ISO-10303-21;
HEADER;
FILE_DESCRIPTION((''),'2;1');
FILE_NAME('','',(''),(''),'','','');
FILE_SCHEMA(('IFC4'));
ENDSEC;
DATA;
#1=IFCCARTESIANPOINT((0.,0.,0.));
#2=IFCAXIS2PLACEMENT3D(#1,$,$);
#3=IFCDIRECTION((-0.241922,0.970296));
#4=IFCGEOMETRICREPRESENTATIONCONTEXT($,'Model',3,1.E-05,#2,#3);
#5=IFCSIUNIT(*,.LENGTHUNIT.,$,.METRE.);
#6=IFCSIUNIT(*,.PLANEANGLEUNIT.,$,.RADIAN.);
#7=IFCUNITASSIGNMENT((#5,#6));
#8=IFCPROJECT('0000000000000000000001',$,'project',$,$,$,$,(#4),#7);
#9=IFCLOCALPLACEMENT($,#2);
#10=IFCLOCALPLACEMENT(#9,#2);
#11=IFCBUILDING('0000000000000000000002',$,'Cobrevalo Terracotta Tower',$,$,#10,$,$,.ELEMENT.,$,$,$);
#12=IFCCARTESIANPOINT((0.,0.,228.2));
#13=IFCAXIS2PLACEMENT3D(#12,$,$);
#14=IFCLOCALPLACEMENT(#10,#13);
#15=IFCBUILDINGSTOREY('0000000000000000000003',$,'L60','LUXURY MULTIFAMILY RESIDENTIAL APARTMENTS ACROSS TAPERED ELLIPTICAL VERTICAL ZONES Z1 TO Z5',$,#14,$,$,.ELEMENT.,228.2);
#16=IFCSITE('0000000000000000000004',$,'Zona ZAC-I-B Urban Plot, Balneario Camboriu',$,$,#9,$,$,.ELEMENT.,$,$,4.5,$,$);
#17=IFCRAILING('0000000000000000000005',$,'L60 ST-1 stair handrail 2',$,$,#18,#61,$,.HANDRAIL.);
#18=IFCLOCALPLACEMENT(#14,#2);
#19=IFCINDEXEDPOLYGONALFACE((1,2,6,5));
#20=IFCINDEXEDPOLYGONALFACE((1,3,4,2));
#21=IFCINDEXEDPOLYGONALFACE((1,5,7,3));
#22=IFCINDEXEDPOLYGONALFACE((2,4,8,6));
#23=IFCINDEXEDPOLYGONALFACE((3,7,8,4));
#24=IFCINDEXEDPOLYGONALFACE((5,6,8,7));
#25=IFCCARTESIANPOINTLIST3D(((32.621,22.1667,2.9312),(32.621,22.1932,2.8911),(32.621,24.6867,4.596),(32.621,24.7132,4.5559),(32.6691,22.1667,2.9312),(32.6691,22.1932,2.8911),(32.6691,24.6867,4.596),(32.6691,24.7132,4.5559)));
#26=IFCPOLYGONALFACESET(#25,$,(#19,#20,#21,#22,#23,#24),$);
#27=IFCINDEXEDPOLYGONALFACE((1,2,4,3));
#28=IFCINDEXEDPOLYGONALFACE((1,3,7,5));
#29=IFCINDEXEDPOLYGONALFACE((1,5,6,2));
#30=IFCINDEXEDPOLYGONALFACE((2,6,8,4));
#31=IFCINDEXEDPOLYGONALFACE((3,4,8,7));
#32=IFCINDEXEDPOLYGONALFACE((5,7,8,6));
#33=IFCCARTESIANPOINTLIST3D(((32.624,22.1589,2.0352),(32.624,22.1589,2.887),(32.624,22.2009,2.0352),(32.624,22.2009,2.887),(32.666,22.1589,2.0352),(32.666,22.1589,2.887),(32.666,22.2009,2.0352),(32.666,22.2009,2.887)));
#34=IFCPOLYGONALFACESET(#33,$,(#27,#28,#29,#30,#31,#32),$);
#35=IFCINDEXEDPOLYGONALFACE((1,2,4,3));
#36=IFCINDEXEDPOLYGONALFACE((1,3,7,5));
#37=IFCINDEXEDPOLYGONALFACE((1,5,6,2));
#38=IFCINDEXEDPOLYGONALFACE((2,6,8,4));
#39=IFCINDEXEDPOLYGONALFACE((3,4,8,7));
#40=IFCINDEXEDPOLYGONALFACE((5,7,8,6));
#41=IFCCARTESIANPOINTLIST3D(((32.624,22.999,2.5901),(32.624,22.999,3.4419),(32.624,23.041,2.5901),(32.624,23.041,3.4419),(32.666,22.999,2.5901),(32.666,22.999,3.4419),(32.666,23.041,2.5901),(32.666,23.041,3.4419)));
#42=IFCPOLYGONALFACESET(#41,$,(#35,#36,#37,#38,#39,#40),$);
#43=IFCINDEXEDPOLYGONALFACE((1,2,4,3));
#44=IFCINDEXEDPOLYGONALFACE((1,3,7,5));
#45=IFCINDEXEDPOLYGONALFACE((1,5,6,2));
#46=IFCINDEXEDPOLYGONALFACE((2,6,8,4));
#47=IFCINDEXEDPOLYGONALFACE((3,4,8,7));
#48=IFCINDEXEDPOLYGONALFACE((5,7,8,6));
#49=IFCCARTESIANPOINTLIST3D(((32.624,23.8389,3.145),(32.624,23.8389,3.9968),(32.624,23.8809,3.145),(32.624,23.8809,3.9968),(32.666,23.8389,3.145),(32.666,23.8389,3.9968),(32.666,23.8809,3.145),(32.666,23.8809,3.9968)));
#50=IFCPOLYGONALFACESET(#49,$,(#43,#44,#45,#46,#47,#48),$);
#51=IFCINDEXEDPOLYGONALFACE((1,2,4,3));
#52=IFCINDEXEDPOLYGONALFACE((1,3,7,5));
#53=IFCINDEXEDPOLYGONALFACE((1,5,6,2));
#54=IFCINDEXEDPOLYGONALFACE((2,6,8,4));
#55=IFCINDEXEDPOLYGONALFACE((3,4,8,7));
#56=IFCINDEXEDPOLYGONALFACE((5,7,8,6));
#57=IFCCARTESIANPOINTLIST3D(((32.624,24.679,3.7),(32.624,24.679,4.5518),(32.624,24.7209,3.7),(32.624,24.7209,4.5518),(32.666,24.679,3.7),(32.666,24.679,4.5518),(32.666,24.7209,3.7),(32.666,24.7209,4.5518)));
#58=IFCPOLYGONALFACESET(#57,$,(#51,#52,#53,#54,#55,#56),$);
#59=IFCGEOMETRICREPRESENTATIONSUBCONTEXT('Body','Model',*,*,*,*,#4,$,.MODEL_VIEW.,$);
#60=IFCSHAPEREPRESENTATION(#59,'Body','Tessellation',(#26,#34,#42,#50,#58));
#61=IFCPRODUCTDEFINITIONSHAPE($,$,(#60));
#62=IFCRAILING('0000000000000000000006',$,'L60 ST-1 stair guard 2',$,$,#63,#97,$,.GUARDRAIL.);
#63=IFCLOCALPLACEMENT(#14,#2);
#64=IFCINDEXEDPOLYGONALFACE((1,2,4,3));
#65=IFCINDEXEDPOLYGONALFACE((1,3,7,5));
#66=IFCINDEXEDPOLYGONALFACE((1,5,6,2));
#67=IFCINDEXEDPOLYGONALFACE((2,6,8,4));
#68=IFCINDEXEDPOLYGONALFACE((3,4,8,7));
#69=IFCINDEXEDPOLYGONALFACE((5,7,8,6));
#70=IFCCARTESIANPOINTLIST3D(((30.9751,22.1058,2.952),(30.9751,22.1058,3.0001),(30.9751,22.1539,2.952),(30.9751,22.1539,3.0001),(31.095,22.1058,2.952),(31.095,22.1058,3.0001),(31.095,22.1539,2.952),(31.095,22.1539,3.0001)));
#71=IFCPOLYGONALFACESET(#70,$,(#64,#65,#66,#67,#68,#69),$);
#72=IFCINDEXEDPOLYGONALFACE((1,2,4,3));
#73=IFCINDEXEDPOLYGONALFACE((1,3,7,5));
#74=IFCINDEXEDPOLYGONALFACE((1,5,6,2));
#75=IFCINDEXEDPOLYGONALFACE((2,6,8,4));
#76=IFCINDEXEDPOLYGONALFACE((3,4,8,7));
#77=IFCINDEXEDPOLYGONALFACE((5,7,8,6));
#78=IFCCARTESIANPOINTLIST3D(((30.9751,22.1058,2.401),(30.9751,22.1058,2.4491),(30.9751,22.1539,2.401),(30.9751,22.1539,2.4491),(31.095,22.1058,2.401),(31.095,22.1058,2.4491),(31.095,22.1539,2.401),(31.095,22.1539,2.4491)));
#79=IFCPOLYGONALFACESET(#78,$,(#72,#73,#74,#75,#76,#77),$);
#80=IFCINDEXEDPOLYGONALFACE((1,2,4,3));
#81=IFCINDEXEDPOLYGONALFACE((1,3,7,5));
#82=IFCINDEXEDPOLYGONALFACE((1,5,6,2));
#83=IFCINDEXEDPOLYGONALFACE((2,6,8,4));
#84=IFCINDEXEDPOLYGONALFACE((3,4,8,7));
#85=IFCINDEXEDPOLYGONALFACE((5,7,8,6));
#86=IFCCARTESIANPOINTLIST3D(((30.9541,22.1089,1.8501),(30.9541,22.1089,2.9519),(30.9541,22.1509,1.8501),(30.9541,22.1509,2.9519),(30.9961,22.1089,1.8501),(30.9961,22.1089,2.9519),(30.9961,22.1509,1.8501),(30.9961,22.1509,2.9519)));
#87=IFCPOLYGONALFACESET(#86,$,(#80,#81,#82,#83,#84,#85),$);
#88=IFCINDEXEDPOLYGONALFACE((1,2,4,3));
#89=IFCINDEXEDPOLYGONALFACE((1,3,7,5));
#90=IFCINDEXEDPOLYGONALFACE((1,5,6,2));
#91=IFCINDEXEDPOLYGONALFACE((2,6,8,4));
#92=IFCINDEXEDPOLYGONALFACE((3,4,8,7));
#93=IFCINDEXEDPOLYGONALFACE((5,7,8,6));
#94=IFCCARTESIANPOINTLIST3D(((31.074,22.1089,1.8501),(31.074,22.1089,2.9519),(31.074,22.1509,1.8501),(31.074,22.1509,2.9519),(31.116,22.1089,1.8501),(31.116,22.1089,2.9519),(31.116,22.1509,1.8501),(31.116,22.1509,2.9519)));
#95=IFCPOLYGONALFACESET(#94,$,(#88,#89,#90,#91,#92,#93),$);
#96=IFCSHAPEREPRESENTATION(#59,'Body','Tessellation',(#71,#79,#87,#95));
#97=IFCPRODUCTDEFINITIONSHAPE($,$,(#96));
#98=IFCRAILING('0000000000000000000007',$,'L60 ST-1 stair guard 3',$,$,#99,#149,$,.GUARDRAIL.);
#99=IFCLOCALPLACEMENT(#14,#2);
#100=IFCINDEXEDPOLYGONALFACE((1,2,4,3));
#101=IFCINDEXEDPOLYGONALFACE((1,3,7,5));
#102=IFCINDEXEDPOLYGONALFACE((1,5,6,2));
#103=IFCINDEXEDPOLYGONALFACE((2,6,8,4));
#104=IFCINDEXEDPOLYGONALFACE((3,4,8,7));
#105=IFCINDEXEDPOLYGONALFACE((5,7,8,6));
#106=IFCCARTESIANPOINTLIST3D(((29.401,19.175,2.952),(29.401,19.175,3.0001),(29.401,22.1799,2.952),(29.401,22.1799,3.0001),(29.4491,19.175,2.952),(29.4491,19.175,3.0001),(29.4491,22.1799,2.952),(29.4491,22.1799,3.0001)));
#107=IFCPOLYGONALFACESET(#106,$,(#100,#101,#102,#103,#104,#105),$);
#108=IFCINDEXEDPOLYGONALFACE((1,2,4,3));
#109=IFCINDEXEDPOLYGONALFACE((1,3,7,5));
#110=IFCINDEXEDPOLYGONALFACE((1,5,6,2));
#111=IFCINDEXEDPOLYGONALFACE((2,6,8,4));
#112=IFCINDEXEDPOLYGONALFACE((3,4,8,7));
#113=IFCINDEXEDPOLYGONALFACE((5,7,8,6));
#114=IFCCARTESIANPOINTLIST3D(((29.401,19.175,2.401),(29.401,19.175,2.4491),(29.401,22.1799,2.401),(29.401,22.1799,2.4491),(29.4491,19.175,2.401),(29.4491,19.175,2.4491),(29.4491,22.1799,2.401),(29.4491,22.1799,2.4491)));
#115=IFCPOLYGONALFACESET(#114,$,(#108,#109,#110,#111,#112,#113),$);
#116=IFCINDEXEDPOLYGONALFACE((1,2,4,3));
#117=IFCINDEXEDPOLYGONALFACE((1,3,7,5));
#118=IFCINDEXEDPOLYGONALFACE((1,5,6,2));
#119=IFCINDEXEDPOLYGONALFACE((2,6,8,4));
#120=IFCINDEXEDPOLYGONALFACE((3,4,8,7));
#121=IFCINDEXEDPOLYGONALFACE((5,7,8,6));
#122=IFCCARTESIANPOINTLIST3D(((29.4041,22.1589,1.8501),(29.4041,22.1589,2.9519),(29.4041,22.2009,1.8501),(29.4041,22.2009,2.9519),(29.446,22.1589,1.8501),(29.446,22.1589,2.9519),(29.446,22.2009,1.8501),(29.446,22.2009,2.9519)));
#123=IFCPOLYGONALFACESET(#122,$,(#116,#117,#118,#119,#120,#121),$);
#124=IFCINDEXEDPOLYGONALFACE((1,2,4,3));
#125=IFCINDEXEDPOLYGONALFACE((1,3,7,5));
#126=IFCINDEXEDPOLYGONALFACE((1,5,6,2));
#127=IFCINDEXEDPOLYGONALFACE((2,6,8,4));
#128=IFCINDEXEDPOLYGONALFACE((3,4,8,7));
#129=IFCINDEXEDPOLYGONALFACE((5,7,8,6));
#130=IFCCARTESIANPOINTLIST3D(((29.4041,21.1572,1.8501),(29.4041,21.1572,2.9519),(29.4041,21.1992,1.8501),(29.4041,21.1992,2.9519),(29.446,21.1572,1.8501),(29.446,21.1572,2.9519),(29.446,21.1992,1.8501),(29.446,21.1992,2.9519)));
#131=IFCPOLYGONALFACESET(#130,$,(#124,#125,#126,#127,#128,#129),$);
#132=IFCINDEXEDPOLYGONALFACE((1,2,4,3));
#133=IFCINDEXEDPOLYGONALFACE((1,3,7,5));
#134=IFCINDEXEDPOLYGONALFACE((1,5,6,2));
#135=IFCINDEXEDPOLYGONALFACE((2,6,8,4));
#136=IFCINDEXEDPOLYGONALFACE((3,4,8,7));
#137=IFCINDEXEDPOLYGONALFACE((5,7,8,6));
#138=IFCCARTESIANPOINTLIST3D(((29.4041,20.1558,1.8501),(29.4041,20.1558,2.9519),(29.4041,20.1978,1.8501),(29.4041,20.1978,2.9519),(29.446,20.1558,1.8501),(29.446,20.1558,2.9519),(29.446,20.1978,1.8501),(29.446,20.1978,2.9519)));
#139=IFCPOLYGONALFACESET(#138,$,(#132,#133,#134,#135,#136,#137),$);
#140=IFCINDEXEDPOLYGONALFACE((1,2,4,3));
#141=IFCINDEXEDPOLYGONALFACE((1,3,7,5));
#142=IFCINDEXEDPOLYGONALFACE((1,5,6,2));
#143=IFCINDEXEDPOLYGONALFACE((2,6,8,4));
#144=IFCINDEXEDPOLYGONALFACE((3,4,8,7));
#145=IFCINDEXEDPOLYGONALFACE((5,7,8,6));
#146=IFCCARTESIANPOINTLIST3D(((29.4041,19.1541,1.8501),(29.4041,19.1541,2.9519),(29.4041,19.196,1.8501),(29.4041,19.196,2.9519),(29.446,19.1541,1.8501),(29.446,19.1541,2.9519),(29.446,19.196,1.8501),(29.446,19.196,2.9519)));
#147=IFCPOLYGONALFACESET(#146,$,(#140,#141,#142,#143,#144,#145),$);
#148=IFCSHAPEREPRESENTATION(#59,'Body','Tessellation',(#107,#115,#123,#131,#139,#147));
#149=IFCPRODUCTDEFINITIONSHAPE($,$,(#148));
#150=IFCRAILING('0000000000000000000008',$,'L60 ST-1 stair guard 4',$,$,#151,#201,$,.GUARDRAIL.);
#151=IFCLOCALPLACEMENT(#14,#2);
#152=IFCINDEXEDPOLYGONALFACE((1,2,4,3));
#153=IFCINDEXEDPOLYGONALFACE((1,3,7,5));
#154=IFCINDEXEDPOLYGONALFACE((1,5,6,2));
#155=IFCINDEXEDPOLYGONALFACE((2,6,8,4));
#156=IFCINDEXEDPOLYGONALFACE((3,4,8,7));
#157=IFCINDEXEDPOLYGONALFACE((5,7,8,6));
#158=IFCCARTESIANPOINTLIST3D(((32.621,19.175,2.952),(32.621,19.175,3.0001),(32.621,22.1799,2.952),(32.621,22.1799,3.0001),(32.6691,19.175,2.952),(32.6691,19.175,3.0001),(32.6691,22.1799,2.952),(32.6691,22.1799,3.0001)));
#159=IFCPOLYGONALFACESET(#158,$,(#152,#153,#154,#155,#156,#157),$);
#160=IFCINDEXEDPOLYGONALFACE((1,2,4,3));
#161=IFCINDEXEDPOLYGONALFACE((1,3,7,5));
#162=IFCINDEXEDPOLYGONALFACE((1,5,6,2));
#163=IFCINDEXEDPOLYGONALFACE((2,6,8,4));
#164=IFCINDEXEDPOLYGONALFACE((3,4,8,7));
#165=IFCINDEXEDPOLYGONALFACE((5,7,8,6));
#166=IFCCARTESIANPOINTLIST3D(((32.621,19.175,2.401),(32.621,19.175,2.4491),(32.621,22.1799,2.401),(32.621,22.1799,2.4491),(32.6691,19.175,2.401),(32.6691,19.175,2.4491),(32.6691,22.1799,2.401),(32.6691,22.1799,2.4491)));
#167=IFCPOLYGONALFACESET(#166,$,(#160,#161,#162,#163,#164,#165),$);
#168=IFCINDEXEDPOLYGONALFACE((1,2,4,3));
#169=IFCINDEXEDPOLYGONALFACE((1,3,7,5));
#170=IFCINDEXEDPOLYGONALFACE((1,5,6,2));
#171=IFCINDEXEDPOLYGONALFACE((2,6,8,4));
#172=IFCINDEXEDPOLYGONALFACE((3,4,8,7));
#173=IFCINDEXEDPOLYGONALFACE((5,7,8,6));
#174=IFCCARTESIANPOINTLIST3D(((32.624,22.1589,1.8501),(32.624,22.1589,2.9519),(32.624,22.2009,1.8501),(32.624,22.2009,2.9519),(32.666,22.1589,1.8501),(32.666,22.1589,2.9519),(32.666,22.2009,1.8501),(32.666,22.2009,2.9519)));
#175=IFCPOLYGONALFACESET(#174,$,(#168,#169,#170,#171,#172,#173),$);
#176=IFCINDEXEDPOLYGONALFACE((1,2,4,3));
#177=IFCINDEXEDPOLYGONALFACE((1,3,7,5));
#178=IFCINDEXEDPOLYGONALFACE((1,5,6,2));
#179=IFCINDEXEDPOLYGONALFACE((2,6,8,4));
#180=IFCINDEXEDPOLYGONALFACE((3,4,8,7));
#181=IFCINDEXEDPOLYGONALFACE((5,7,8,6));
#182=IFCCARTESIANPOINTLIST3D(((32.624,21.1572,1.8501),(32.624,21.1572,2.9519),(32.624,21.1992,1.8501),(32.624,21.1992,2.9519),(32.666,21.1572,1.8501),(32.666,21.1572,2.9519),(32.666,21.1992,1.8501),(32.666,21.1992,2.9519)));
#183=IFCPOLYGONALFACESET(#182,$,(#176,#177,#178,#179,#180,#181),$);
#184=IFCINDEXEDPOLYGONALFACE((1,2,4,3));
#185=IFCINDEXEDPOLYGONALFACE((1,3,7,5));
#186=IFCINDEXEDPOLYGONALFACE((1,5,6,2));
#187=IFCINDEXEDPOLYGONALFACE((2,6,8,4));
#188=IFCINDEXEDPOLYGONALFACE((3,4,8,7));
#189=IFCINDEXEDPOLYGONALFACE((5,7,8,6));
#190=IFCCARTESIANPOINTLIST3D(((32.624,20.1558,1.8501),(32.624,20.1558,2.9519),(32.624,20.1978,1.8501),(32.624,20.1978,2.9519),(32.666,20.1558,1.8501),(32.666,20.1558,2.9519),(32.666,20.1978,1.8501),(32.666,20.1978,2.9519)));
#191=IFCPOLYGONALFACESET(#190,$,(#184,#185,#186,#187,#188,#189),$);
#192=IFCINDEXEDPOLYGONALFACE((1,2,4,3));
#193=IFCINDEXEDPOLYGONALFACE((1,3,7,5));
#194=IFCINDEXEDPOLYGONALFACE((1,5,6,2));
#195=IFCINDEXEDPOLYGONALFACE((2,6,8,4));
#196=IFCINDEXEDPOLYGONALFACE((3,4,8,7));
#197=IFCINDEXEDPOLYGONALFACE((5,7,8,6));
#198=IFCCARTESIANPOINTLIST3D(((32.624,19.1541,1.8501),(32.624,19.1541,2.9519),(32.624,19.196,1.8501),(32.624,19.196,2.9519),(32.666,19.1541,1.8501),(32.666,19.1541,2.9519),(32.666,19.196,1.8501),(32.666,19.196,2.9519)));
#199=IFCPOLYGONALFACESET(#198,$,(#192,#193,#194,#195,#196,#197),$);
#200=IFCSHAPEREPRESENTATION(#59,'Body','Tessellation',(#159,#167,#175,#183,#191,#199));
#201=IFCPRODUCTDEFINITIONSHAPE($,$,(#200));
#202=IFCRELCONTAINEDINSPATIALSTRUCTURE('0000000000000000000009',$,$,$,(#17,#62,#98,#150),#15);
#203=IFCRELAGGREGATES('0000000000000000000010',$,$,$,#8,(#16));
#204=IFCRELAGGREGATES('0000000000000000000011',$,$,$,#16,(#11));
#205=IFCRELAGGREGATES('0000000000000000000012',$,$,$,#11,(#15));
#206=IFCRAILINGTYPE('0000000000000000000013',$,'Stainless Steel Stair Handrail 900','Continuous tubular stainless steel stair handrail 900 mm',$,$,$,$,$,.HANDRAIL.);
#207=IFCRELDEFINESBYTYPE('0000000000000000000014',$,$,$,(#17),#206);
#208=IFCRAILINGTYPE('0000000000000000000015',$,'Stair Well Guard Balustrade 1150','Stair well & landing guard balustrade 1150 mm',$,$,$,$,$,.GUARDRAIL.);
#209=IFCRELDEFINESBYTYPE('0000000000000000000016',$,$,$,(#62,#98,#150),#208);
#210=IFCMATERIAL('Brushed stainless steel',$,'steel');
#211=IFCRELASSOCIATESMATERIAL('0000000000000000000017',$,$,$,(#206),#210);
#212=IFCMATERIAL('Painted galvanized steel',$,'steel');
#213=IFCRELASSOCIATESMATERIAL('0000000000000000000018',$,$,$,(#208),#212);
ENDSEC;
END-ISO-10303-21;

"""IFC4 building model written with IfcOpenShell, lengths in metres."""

from ifc_helpers import new_model, si_unit, direction, frame, origin, origin_2d, place, context, subcontext, project, spatial, rectangle, extrude, material, type_object, element, save


model = new_model("IFC4")

# Units and contexts
model_context = context("Model", 3, precision=1e-05, world=origin(), true_north=direction((-0.241922, 0.970296)))
body_context = subcontext(model_context, "Body", "Model", "MODEL_VIEW")
ifc_project = project(units=[si_unit("LENGTHUNIT", "METRE"), si_unit("PLANEANGLEUNIT", "RADIAN")], contexts=[model_context])

# Site, building, storey
site_placement = place(None, origin())
site = spatial("IfcSite", under=ifc_project, at=site_placement, Name="Zona ZAC-I-B Urban Plot, Balneario Camboriu", CompositionType="ELEMENT", RefElevation=4.5)
building_placement = place(site_placement, origin())
building = spatial("IfcBuilding", under=site, at=building_placement, Name="Cobrevalo Terracotta Tower", CompositionType="ELEMENT")
storey_placement = place(building_placement, frame((0.0, 0.0, 228.2)))
storey = spatial("IfcBuildingStorey", under=building, at=storey_placement, Name="L60", Description="LUXURY MULTIFAMILY RESIDENTIAL APARTMENTS ACROSS TAPERED ELLIPTICAL VERTICAL ZONES Z1 TO Z5", CompositionType="ELEMENT", Elevation=228.2)

# Railings
ifc_material_1 = material(Name="Brushed stainless steel", Category="steel")
railing_type_1 = type_object("IfcRailingType", Name="Stainless Steel Stair Handrail 900", Description="Continuous tubular stainless steel stair handrail 900 mm", PredefinedType="HANDRAIL", material=ifc_material_1)
railing_1_placement = place(storey_placement, frame((32.645, 22.1799, 2.0352)))
element("IfcRailing", 1, at=railing_1_placement, inside=storey, type_object=railing_type_1, Name="L60 ST-1 stair handrail 2", PredefinedType="HANDRAIL", context=body_context, shape_type="SweptSolid", body=[
    extrude(rectangle(XDim=0.0481, YDim=0.0481, at=origin_2d()), frame((0.0, 0.0, 0.876), z_axis=(0.0, 0.834369, 0.551207), x_axis=(-1.0, 0.0, 0.0)), (0.0, 0.0, 1.0), 3.0203),
    extrude(rectangle(XDim=0.042, YDim=0.042, at=origin_2d()), origin(), (0.0, 0.0, 1.0), 0.8518),
    extrude(rectangle(XDim=0.042, YDim=0.042, at=origin_2d()), frame((0.0, 0.8401, 0.5549)), (0.0, 0.0, 1.0), 0.8518),
    extrude(rectangle(XDim=0.042, YDim=0.042, at=origin_2d()), frame((0.0, 1.6799, 1.1099)), (0.0, 0.0, 1.0), 0.8518),
    extrude(rectangle(XDim=0.042, YDim=0.042, at=origin_2d()), frame((0.0, 2.52, 1.6648)), (0.0, 0.0, 1.0), 0.8518),
])
ifc_material_2 = material(Name="Painted galvanized steel", Category="steel")
railing_type_2 = type_object("IfcRailingType", Name="Stair Well Guard Balustrade 1150", Description="Stair well & landing guard balustrade 1150 mm", PredefinedType="GUARDRAIL", material=ifc_material_2)
railing_2_placement = place(storey_placement, frame((30.9751, 22.1299, 1.8501)))
element("IfcRailing", 2, at=railing_2_placement, inside=storey, type_object=railing_type_2, Name="L60 ST-1 stair guard 2", PredefinedType="GUARDRAIL", context=body_context, shape_type="SweptSolid", body=[
    extrude(rectangle(XDim=0.0481, YDim=0.0481, at=origin_2d()), frame((0.0, 0.0, 1.126), z_axis=(1.0, 0.0, 0.0), x_axis=(0.0, 1.0, 0.0)), (0.0, 0.0, 1.0), 0.1199),
    extrude(rectangle(XDim=0.0481, YDim=0.0481, at=origin_2d()), frame((0.0, 0.0, 0.575), z_axis=(1.0, 0.0, 0.0), x_axis=(0.0, 1.0, 0.0)), (0.0, 0.0, 1.0), 0.1199),
    extrude(rectangle(XDim=0.042, YDim=0.042, at=origin_2d()), origin(), (0.0, 0.0, 1.0), 1.1018),
    extrude(rectangle(XDim=0.042, YDim=0.042, at=origin_2d()), frame((0.1199, 0.0, 0.0)), (0.0, 0.0, 1.0), 1.1018),
])
for number, where, name in (
    (3, (29.425, 22.1799, 1.8501), "L60 ST-1 stair guard 3"),
    (4, (32.645, 22.1799, 1.8501), "L60 ST-1 stair guard 4"),
):
    element("IfcRailing", number, at=place(storey_placement, frame(where)), inside=storey, type_object=railing_type_2, Name=name, PredefinedType="GUARDRAIL", context=body_context, shape_type="SweptSolid", body=[
        extrude(rectangle(XDim=0.0481, YDim=0.0481, at=origin_2d()), frame((0.0, 0.0, 1.126), z_axis=(0.0, -1.0, 0.0), x_axis=(1.0, 0.0, 0.0)), (0.0, 0.0, 1.0), 3.0049),
        extrude(rectangle(XDim=0.0481, YDim=0.0481, at=origin_2d()), frame((0.0, 0.0, 0.575), z_axis=(0.0, -1.0, 0.0), x_axis=(1.0, 0.0, 0.0)), (0.0, 0.0, 1.0), 3.0049),
        extrude(rectangle(XDim=0.042, YDim=0.042, at=origin_2d()), origin(), (0.0, 0.0, 1.0), 1.1018),
        extrude(rectangle(XDim=0.042, YDim=0.042, at=origin_2d()), frame((0.0, -1.0017, 0.0)), (0.0, 0.0, 1.0), 1.1018),
        extrude(rectangle(XDim=0.042, YDim=0.042, at=origin_2d()), frame((0.0, -2.0032, 0.0)), (0.0, 0.0, 1.0), 1.1018),
        extrude(rectangle(XDim=0.042, YDim=0.042, at=origin_2d()), frame((0.0, -3.0049, 0.0)), (0.0, 0.0, 1.0), 1.1018),
    ])

save(model, "model.ifc")
